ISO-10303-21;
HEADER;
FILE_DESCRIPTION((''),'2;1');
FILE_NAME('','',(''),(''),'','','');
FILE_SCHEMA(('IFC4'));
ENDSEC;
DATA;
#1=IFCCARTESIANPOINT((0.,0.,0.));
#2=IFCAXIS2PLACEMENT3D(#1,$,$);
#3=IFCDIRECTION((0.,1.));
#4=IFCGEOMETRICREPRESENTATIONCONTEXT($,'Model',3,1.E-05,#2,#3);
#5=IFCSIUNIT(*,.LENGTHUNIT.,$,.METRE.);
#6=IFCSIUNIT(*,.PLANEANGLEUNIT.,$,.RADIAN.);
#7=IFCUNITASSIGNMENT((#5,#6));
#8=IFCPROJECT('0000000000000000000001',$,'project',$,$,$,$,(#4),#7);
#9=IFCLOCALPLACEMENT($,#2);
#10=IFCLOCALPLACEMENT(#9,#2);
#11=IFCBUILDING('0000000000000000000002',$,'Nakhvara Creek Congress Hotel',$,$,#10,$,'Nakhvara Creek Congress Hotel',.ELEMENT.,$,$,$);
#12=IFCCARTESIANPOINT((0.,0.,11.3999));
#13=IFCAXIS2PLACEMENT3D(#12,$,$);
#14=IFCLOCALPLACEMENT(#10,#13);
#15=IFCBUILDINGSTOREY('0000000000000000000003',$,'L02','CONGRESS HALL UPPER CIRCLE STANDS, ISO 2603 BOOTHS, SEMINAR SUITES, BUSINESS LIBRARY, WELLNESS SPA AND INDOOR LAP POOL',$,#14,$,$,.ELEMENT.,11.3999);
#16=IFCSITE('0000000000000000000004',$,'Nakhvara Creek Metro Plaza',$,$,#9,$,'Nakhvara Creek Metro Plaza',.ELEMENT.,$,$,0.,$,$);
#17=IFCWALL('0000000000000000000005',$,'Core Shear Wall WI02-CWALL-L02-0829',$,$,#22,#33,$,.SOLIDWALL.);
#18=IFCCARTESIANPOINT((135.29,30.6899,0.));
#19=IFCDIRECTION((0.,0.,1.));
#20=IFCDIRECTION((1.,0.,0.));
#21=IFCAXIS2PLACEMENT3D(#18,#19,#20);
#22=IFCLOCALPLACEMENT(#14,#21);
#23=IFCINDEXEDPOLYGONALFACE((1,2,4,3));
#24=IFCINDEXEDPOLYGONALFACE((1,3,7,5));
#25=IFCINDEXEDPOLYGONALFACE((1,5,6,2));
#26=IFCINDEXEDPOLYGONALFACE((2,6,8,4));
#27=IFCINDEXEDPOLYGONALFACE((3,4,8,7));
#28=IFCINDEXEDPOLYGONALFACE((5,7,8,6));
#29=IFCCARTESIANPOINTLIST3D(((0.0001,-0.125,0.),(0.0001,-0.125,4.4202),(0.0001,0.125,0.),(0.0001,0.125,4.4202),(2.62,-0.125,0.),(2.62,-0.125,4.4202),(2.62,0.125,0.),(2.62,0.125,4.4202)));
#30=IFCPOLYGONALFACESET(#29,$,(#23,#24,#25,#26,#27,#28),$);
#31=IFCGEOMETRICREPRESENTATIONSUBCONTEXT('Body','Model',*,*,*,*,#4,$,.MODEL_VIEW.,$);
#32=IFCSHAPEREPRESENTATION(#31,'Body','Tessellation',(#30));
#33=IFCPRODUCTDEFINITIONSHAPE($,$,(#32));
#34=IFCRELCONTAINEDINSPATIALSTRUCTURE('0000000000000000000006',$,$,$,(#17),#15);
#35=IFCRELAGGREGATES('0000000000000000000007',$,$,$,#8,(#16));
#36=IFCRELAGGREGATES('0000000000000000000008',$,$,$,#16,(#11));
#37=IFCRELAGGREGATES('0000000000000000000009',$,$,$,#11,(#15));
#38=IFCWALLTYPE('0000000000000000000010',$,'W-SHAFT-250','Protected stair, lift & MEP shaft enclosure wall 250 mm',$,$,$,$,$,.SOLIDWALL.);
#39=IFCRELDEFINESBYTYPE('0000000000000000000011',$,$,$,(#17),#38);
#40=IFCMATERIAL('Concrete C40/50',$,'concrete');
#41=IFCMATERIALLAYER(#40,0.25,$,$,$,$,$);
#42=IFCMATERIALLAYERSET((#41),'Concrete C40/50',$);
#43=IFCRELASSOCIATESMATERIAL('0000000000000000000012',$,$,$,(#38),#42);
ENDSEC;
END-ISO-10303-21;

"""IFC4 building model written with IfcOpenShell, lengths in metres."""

from ifc_helpers import new_model, si_unit, direction, frame, frame_2d, origin, place, context, subcontext, project, spatial, rectangle, extrude, material, layer, layer_set, type_object, element, save


model = new_model("IFC4")

# Units and contexts
model_context = context("Model", 3, precision=1e-05, world=origin(), true_north=direction((0.0, 1.0)))
body_context = subcontext(model_context, "Body", "Model", "MODEL_VIEW")
ifc_project = project(units=[si_unit("LENGTHUNIT", "METRE"), si_unit("PLANEANGLEUNIT", "RADIAN")], contexts=[model_context])

# Site, building, storey
site_placement = place(None, origin())
site = spatial("IfcSite", under=ifc_project, at=site_placement, Name="Nakhvara Creek Metro Plaza", LongName="Nakhvara Creek Metro Plaza", CompositionType="ELEMENT", RefElevation=0.0)
building_placement = place(site_placement, origin())
building = spatial("IfcBuilding", under=site, at=building_placement, Name="Nakhvara Creek Congress Hotel", LongName="Nakhvara Creek Congress Hotel", CompositionType="ELEMENT")
storey_placement = place(building_placement, frame((0.0, 0.0, 11.3999)))
storey = spatial("IfcBuildingStorey", under=building, at=storey_placement, Name="L02", Description="CONGRESS HALL UPPER CIRCLE STANDS, ISO 2603 BOOTHS, SEMINAR SUITES, BUSINESS LIBRARY, WELLNESS SPA AND INDOOR LAP POOL", CompositionType="ELEMENT", Elevation=11.3999)

# Shared definitions
ifc_material_1 = material(Name="Concrete C40/50", Category="concrete")

# Wall
ifc_layer_1 = layer(ifc_material_1, 0.25)
ifc_layer_set_1 = layer_set([ifc_layer_1], Name="Concrete C40/50")
wall_type_1 = type_object("IfcWallType", Name="W-SHAFT-250", Description="Protected stair, lift & MEP shaft enclosure wall 250 mm", PredefinedType="SOLIDWALL", material=ifc_layer_set_1)
wall_1_placement = place(storey_placement, frame((135.29, 30.6899, 0.0), z_axis=(0.0, 0.0, 1.0), x_axis=(1.0, 0.0, 0.0)))
element("IfcWall", 1, at=wall_1_placement, inside=storey, type_object=wall_type_1, Name="Core Shear Wall WI02-CWALL-L02-0829", PredefinedType="SOLIDWALL", context=body_context, shape_type="SweptSolid", body=[
    extrude(rectangle(XDim=2.6199, YDim=0.25, at=frame_2d((1.3101, 0.0))), origin(), (0.0, 0.0, 1.0), 4.4202),
])

save(model, "model.ifc")
